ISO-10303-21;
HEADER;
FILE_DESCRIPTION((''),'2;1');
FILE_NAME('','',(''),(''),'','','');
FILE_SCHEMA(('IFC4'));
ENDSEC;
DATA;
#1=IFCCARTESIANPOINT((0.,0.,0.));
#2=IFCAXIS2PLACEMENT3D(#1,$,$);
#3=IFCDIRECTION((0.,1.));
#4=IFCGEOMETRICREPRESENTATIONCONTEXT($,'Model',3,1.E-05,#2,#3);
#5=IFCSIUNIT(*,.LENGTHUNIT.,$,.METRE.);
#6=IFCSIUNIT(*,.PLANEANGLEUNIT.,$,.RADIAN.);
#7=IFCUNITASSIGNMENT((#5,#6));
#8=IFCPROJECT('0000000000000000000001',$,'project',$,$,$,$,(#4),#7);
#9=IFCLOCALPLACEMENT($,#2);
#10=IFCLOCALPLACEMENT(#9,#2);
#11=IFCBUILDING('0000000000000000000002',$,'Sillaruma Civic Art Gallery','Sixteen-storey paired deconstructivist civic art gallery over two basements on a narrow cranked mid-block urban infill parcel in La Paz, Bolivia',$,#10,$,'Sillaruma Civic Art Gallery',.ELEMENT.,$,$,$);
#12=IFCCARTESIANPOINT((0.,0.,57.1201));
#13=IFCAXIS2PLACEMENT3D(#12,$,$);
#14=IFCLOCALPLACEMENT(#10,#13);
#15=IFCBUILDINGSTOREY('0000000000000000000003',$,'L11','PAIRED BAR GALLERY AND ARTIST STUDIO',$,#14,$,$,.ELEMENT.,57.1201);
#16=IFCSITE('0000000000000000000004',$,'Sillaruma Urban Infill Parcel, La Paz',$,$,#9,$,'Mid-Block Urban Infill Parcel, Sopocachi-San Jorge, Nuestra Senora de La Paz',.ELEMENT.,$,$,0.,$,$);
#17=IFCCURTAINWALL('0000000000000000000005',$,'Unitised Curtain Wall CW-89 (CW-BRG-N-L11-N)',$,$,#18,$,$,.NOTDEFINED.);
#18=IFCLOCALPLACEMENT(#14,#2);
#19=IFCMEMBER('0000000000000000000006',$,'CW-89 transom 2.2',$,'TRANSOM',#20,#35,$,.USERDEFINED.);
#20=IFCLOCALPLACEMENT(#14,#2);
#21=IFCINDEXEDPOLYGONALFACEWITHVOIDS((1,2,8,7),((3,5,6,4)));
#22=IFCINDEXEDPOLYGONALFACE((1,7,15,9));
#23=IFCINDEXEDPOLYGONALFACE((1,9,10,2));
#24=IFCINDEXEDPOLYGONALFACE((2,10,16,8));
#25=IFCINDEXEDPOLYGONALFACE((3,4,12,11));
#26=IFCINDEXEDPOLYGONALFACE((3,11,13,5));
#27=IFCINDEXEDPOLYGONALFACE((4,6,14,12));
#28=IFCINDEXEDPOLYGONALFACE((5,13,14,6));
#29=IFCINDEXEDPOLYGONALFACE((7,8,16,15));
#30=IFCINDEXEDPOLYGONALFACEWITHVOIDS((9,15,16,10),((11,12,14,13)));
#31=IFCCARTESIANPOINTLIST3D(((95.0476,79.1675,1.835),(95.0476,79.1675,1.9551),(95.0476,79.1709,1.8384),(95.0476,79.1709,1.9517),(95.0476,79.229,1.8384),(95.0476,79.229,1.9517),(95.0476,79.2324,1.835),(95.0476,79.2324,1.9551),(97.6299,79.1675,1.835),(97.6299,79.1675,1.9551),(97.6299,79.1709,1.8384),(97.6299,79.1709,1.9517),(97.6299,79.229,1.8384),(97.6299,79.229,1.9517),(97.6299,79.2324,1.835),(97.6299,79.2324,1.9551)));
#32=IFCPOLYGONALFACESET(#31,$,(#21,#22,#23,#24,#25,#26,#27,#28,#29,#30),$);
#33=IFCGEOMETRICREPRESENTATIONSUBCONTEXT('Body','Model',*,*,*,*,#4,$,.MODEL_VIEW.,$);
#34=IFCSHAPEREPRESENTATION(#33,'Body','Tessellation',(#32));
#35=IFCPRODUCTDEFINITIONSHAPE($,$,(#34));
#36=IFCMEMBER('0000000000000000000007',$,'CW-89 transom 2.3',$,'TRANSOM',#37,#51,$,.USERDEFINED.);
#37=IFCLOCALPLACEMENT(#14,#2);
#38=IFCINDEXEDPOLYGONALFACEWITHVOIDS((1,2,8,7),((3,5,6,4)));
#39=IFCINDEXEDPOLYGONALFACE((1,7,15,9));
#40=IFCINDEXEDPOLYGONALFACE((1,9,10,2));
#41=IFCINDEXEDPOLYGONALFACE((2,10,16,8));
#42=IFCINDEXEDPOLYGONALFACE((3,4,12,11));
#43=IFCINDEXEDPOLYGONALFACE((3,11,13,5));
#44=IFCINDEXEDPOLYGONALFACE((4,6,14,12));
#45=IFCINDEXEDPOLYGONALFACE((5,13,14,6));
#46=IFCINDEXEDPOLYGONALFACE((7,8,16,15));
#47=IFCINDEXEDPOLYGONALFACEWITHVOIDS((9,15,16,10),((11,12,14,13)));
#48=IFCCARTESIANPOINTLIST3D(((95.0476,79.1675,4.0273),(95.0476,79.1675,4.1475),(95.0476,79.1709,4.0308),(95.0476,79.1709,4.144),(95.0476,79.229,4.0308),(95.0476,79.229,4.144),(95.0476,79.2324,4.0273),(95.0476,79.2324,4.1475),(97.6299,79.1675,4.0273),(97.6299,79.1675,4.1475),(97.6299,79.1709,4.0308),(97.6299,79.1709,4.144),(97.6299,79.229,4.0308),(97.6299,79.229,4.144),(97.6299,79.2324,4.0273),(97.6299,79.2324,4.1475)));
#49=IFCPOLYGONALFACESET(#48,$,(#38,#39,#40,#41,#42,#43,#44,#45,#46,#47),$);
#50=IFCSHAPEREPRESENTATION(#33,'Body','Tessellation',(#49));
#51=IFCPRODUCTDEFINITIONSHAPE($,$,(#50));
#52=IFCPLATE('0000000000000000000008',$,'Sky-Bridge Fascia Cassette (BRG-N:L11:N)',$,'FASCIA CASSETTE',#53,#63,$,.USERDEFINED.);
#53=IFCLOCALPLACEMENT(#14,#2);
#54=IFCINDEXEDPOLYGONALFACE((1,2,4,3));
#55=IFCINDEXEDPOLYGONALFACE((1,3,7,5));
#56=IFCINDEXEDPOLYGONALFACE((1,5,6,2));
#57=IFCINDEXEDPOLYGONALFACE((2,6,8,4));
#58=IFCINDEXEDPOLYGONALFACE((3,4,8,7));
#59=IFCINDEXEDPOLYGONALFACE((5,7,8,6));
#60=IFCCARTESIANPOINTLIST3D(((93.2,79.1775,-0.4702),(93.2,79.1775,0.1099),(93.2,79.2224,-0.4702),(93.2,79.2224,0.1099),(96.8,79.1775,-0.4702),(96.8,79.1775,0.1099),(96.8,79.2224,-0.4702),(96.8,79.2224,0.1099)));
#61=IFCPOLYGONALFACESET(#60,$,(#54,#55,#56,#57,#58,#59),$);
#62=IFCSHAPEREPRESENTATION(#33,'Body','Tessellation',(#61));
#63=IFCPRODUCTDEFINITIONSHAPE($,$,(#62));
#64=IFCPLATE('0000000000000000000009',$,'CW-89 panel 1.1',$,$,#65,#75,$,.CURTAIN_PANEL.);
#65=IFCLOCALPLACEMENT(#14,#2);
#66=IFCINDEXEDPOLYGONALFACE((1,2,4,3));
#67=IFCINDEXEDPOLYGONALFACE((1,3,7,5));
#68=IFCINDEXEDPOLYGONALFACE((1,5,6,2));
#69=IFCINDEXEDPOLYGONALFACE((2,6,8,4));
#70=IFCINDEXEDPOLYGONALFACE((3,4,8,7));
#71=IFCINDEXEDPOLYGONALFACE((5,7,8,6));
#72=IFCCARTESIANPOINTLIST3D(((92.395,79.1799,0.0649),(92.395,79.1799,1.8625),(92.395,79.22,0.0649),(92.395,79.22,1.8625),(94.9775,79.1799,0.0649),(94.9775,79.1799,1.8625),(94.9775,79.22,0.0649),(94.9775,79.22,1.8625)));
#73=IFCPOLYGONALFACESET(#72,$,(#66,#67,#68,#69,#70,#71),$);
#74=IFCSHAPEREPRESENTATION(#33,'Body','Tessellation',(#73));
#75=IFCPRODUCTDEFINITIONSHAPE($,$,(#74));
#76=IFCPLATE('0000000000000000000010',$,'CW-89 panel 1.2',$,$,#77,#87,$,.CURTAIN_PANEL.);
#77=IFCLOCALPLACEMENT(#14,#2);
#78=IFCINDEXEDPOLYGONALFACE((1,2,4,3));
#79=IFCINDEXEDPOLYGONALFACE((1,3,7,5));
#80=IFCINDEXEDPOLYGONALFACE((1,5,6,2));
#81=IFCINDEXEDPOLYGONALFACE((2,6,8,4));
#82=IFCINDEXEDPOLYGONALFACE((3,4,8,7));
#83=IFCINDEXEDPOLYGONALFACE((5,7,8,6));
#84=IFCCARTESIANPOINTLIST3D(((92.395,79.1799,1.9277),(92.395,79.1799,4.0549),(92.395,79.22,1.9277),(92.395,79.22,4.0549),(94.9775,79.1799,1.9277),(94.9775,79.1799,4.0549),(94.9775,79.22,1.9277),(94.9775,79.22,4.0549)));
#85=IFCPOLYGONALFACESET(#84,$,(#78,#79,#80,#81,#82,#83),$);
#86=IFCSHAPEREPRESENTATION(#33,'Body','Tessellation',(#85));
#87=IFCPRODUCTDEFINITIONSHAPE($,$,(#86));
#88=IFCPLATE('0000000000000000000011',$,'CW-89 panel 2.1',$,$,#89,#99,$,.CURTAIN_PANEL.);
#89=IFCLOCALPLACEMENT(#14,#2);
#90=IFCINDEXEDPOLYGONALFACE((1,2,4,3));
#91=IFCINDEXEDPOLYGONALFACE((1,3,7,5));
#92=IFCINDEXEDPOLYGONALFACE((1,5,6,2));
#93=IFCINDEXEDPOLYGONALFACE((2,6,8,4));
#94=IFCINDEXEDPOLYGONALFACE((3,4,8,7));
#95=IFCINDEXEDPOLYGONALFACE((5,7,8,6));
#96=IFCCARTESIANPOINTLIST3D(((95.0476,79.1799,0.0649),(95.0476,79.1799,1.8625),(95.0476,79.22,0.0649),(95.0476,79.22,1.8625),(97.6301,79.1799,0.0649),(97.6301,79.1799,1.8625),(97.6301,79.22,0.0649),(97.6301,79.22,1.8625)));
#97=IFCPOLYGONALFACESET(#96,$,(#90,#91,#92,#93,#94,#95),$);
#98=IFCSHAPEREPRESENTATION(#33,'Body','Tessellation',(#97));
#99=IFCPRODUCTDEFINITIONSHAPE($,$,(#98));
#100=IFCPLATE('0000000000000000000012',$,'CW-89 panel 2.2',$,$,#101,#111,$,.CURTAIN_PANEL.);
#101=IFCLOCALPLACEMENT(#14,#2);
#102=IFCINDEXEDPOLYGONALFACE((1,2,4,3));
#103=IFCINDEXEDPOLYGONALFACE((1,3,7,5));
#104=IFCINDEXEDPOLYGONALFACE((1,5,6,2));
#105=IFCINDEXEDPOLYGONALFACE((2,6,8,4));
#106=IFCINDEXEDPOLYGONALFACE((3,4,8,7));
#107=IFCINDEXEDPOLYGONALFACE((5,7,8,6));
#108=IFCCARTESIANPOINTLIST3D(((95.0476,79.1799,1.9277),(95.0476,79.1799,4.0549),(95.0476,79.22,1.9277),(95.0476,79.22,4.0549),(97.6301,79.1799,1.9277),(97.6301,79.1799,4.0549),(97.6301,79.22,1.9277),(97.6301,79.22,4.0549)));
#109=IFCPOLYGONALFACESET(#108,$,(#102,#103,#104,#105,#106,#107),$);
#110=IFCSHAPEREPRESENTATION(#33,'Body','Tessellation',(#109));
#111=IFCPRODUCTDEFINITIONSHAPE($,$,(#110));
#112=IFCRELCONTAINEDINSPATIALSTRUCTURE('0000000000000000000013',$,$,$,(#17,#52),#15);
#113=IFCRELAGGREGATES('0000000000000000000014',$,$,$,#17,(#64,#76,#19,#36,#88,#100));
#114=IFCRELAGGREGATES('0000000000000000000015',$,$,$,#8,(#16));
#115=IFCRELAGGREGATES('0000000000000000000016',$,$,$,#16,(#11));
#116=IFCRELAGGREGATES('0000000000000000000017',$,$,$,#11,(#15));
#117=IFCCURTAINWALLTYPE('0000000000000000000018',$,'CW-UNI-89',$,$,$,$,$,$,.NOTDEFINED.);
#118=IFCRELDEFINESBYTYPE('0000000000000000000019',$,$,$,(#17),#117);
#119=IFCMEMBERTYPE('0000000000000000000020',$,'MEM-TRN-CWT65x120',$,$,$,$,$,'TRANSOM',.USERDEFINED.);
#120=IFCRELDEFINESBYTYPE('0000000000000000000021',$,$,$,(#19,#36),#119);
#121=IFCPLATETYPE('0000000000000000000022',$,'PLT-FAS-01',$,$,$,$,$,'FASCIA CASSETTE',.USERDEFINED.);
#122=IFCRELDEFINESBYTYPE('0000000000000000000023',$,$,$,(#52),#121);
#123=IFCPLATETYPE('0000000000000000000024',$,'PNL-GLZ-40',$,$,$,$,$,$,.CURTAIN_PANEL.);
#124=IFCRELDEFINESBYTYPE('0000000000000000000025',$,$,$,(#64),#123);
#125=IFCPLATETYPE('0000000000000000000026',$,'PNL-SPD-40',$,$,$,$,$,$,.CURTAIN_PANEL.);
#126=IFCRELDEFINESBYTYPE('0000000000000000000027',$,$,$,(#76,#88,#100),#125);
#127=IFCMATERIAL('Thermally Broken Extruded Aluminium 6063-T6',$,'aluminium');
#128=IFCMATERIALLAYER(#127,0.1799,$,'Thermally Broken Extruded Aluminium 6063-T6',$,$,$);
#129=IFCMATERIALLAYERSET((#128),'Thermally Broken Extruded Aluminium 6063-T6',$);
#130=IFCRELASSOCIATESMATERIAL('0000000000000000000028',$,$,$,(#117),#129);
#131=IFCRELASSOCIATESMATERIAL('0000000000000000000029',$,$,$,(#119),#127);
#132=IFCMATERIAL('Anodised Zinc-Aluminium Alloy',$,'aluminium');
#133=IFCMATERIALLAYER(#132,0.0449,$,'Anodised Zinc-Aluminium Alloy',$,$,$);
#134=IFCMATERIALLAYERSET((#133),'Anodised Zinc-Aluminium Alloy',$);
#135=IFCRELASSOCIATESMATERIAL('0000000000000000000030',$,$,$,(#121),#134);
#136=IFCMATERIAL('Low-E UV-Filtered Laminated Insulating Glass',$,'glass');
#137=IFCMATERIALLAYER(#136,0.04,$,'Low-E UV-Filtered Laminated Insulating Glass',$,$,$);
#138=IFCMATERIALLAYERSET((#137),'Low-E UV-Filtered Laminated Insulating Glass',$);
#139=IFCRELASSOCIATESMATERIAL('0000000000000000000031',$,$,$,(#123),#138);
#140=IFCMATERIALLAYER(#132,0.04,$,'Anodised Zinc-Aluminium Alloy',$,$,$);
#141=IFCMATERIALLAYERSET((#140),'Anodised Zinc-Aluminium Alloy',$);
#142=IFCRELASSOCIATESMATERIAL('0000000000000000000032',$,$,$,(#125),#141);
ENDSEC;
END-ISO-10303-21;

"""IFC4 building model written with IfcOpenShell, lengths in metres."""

from ifc_helpers import new_model, si_unit, direction, frame, origin, origin_2d, place, context, subcontext, project, spatial, rectangle, hollow_rectangle, extrude, material, layer, layer_set, material_profile, profile_set, type_object, element, aggregate, save


model = new_model("IFC4")

# Units and contexts
model_context = context("Model", 3, precision=1e-05, world=origin(), true_north=direction((0.0, 1.0)))
body_context = subcontext(model_context, "Body", "Model", "MODEL_VIEW")
ifc_project = project(units=[si_unit("LENGTHUNIT", "METRE"), si_unit("PLANEANGLEUNIT", "RADIAN")], contexts=[model_context])

# Site, building, storey
site_placement = place(None, origin())
site = spatial("IfcSite", under=ifc_project, at=site_placement, Name="Sillaruma Urban Infill Parcel, La Paz", LongName="Mid-Block Urban Infill Parcel, Sopocachi-San Jorge, Nuestra Senora de La Paz", CompositionType="ELEMENT", RefElevation=0.0)
building_placement = place(site_placement, origin())
building = spatial("IfcBuilding", under=site, at=building_placement, Name="Sillaruma Civic Art Gallery", Description="Sixteen-storey paired deconstructivist civic art gallery over two basements on a narrow cranked mid-block urban infill parcel in La Paz, Bolivia", LongName="Sillaruma Civic Art Gallery", CompositionType="ELEMENT")
storey_placement = place(building_placement, frame((0.0, 0.0, 57.1201)))
storey = spatial("IfcBuildingStorey", under=building, at=storey_placement, Name="L11", Description="PAIRED BAR GALLERY AND ARTIST STUDIO", CompositionType="ELEMENT", Elevation=57.1201)

# Curtain wall, members
ifc_material_1 = material(Name="Thermally Broken Extruded Aluminium 6063-T6", Category="aluminium")
ifc_layer_1 = layer(ifc_material_1, 0.1799, Name="Thermally Broken Extruded Aluminium 6063-T6")
ifc_layer_set_1 = layer_set([ifc_layer_1], Name="Thermally Broken Extruded Aluminium 6063-T6")
curtain_wall_type = type_object("IfcCurtainWallType", Name="CW-UNI-89", PredefinedType="NOTDEFINED", material=ifc_layer_set_1)
curtain_wall_placement = place(storey_placement, origin())
curtain_wall = element("IfcCurtainWall", 1, at=curtain_wall_placement, inside=storey, type_object=curtain_wall_type, Name="Unitised Curtain Wall CW-89 (CW-BRG-N-L11-N)", PredefinedType="NOTDEFINED")
ifc_material_profile_1 = material_profile(ifc_material_1, hollow_rectangle(XDim=0.0649, YDim=0.1201, WallThickness=0.0034, at=origin_2d()), Name="CWT65x120")
ifc_profile_set_1 = profile_set([ifc_material_profile_1], Name="Thermally Broken Extruded Aluminium 6063-T6")
member_type_1 = type_object("IfcMemberType", Name="MEM-TRN-CWT65x120", ElementType="TRANSOM", PredefinedType="USERDEFINED", material=ifc_profile_set_1)
member_1_placement = place(storey_placement, frame((95.0476, 79.2, 1.895), z_axis=(1.0, 0.0, 0.0), x_axis=(0.0, 1.0, 0.0)))
member_1 = element("IfcMember", 2, at=member_1_placement, type_object=member_type_1, Name="CW-89 transom 2.2", ObjectType="TRANSOM", PredefinedType="USERDEFINED", context=body_context, shape_type="SweptSolid", body=[
    extrude(hollow_rectangle(XDim=0.0649, YDim=0.1201, WallThickness=0.0034, at=origin_2d()), origin(), (0.0, 0.0, 1.0), 2.5823),
])
member_2_placement = place(storey_placement, frame((95.0476, 79.2, 4.0874), z_axis=(1.0, 0.0, 0.0), x_axis=(0.0, 1.0, 0.0)))
member_2 = element("IfcMember", 3, at=member_2_placement, type_object=member_type_1, Name="CW-89 transom 2.3", ObjectType="TRANSOM", PredefinedType="USERDEFINED", context=body_context, shape_type="SweptSolid", body=[
    extrude(hollow_rectangle(XDim=0.0649, YDim=0.1201, WallThickness=0.0034, at=origin_2d()), origin(), (0.0, 0.0, 1.0), 2.5823),
])

# Plates
ifc_material_2 = material(Name="Anodised Zinc-Aluminium Alloy", Category="aluminium")
ifc_layer_2 = layer(ifc_material_2, 0.0449, Name="Anodised Zinc-Aluminium Alloy")
ifc_layer_set_2 = layer_set([ifc_layer_2], Name="Anodised Zinc-Aluminium Alloy")
plate_type_1 = type_object("IfcPlateType", Name="PLT-FAS-01", ElementType="FASCIA CASSETTE", PredefinedType="USERDEFINED", material=ifc_layer_set_2)
plate_1_placement = place(storey_placement, frame((95.0, 79.2, -0.4702), z_axis=(0.0, 0.0, 1.0), x_axis=(1.0, 0.0, 0.0)))
element("IfcPlate", 4, at=plate_1_placement, inside=storey, type_object=plate_type_1, Name="Sky-Bridge Fascia Cassette (BRG-N:L11:N)", ObjectType="FASCIA CASSETTE", PredefinedType="USERDEFINED", context=body_context, shape_type="SweptSolid", body=[
    extrude(rectangle(XDim=3.6001, YDim=0.0449, at=origin_2d()), origin(), (0.0, 0.0, 1.0), 0.5801),
])
ifc_material_3 = material(Name="Low-E UV-Filtered Laminated Insulating Glass", Category="glass")
ifc_layer_3 = layer(ifc_material_3, 0.04, Name="Low-E UV-Filtered Laminated Insulating Glass")
ifc_layer_set_3 = layer_set([ifc_layer_3], Name="Low-E UV-Filtered Laminated Insulating Glass")
plate_type_2 = type_object("IfcPlateType", Name="PNL-GLZ-40", PredefinedType="CURTAIN_PANEL", material=ifc_layer_set_3)
plate_2_placement = place(storey_placement, frame((93.6863, 79.2, 0.0649), z_axis=(0.0, 0.0, 1.0), x_axis=(1.0, 0.0, 0.0)))
plate_2 = element("IfcPlate", 5, at=plate_2_placement, type_object=plate_type_2, Name="CW-89 panel 1.1", PredefinedType="CURTAIN_PANEL", context=body_context, shape_type="SweptSolid", body=[
    extrude(rectangle(XDim=2.5825, YDim=0.04, at=origin_2d()), origin(), (0.0, 0.0, 1.0), 1.7976),
])
ifc_layer_4 = layer(ifc_material_2, 0.04, Name="Anodised Zinc-Aluminium Alloy")
ifc_layer_set_4 = layer_set([ifc_layer_4], Name="Anodised Zinc-Aluminium Alloy")
plate_type_3 = type_object("IfcPlateType", Name="PNL-SPD-40", PredefinedType="CURTAIN_PANEL", material=ifc_layer_set_4)
plate_3_placement = place(storey_placement, frame((93.6863, 79.2, 1.9277), z_axis=(0.0, 0.0, 1.0), x_axis=(1.0, 0.0, 0.0)))
plate_3 = element("IfcPlate", 6, at=plate_3_placement, type_object=plate_type_3, Name="CW-89 panel 1.2", PredefinedType="CURTAIN_PANEL", context=body_context, shape_type="SweptSolid", body=[
    extrude(rectangle(XDim=2.5825, YDim=0.04, at=origin_2d()), origin(), (0.0, 0.0, 1.0), 2.1272),
])
plate_4_placement = place(storey_placement, frame((96.3389, 79.2, 0.0649), z_axis=(0.0, 0.0, 1.0), x_axis=(1.0, 0.0, 0.0)))
plate_4 = element("IfcPlate", 7, at=plate_4_placement, type_object=plate_type_3, Name="CW-89 panel 2.1", PredefinedType="CURTAIN_PANEL", context=body_context, shape_type="SweptSolid", body=[
    extrude(rectangle(XDim=2.5825, YDim=0.04, at=origin_2d()), origin(), (0.0, 0.0, 1.0), 1.7976),
])
plate_5_placement = place(storey_placement, frame((96.3389, 79.2, 1.9277), z_axis=(0.0, 0.0, 1.0), x_axis=(1.0, 0.0, 0.0)))
plate_5 = element("IfcPlate", 8, at=plate_5_placement, type_object=plate_type_3, Name="CW-89 panel 2.2", PredefinedType="CURTAIN_PANEL", context=body_context, shape_type="SweptSolid", body=[
    extrude(rectangle(XDim=2.5825, YDim=0.04, at=origin_2d()), origin(), (0.0, 0.0, 1.0), 2.1272),
])
aggregate(curtain_wall, [plate_2, plate_3, member_1, member_2, plate_4, plate_5])

save(model, "model.ifc")
